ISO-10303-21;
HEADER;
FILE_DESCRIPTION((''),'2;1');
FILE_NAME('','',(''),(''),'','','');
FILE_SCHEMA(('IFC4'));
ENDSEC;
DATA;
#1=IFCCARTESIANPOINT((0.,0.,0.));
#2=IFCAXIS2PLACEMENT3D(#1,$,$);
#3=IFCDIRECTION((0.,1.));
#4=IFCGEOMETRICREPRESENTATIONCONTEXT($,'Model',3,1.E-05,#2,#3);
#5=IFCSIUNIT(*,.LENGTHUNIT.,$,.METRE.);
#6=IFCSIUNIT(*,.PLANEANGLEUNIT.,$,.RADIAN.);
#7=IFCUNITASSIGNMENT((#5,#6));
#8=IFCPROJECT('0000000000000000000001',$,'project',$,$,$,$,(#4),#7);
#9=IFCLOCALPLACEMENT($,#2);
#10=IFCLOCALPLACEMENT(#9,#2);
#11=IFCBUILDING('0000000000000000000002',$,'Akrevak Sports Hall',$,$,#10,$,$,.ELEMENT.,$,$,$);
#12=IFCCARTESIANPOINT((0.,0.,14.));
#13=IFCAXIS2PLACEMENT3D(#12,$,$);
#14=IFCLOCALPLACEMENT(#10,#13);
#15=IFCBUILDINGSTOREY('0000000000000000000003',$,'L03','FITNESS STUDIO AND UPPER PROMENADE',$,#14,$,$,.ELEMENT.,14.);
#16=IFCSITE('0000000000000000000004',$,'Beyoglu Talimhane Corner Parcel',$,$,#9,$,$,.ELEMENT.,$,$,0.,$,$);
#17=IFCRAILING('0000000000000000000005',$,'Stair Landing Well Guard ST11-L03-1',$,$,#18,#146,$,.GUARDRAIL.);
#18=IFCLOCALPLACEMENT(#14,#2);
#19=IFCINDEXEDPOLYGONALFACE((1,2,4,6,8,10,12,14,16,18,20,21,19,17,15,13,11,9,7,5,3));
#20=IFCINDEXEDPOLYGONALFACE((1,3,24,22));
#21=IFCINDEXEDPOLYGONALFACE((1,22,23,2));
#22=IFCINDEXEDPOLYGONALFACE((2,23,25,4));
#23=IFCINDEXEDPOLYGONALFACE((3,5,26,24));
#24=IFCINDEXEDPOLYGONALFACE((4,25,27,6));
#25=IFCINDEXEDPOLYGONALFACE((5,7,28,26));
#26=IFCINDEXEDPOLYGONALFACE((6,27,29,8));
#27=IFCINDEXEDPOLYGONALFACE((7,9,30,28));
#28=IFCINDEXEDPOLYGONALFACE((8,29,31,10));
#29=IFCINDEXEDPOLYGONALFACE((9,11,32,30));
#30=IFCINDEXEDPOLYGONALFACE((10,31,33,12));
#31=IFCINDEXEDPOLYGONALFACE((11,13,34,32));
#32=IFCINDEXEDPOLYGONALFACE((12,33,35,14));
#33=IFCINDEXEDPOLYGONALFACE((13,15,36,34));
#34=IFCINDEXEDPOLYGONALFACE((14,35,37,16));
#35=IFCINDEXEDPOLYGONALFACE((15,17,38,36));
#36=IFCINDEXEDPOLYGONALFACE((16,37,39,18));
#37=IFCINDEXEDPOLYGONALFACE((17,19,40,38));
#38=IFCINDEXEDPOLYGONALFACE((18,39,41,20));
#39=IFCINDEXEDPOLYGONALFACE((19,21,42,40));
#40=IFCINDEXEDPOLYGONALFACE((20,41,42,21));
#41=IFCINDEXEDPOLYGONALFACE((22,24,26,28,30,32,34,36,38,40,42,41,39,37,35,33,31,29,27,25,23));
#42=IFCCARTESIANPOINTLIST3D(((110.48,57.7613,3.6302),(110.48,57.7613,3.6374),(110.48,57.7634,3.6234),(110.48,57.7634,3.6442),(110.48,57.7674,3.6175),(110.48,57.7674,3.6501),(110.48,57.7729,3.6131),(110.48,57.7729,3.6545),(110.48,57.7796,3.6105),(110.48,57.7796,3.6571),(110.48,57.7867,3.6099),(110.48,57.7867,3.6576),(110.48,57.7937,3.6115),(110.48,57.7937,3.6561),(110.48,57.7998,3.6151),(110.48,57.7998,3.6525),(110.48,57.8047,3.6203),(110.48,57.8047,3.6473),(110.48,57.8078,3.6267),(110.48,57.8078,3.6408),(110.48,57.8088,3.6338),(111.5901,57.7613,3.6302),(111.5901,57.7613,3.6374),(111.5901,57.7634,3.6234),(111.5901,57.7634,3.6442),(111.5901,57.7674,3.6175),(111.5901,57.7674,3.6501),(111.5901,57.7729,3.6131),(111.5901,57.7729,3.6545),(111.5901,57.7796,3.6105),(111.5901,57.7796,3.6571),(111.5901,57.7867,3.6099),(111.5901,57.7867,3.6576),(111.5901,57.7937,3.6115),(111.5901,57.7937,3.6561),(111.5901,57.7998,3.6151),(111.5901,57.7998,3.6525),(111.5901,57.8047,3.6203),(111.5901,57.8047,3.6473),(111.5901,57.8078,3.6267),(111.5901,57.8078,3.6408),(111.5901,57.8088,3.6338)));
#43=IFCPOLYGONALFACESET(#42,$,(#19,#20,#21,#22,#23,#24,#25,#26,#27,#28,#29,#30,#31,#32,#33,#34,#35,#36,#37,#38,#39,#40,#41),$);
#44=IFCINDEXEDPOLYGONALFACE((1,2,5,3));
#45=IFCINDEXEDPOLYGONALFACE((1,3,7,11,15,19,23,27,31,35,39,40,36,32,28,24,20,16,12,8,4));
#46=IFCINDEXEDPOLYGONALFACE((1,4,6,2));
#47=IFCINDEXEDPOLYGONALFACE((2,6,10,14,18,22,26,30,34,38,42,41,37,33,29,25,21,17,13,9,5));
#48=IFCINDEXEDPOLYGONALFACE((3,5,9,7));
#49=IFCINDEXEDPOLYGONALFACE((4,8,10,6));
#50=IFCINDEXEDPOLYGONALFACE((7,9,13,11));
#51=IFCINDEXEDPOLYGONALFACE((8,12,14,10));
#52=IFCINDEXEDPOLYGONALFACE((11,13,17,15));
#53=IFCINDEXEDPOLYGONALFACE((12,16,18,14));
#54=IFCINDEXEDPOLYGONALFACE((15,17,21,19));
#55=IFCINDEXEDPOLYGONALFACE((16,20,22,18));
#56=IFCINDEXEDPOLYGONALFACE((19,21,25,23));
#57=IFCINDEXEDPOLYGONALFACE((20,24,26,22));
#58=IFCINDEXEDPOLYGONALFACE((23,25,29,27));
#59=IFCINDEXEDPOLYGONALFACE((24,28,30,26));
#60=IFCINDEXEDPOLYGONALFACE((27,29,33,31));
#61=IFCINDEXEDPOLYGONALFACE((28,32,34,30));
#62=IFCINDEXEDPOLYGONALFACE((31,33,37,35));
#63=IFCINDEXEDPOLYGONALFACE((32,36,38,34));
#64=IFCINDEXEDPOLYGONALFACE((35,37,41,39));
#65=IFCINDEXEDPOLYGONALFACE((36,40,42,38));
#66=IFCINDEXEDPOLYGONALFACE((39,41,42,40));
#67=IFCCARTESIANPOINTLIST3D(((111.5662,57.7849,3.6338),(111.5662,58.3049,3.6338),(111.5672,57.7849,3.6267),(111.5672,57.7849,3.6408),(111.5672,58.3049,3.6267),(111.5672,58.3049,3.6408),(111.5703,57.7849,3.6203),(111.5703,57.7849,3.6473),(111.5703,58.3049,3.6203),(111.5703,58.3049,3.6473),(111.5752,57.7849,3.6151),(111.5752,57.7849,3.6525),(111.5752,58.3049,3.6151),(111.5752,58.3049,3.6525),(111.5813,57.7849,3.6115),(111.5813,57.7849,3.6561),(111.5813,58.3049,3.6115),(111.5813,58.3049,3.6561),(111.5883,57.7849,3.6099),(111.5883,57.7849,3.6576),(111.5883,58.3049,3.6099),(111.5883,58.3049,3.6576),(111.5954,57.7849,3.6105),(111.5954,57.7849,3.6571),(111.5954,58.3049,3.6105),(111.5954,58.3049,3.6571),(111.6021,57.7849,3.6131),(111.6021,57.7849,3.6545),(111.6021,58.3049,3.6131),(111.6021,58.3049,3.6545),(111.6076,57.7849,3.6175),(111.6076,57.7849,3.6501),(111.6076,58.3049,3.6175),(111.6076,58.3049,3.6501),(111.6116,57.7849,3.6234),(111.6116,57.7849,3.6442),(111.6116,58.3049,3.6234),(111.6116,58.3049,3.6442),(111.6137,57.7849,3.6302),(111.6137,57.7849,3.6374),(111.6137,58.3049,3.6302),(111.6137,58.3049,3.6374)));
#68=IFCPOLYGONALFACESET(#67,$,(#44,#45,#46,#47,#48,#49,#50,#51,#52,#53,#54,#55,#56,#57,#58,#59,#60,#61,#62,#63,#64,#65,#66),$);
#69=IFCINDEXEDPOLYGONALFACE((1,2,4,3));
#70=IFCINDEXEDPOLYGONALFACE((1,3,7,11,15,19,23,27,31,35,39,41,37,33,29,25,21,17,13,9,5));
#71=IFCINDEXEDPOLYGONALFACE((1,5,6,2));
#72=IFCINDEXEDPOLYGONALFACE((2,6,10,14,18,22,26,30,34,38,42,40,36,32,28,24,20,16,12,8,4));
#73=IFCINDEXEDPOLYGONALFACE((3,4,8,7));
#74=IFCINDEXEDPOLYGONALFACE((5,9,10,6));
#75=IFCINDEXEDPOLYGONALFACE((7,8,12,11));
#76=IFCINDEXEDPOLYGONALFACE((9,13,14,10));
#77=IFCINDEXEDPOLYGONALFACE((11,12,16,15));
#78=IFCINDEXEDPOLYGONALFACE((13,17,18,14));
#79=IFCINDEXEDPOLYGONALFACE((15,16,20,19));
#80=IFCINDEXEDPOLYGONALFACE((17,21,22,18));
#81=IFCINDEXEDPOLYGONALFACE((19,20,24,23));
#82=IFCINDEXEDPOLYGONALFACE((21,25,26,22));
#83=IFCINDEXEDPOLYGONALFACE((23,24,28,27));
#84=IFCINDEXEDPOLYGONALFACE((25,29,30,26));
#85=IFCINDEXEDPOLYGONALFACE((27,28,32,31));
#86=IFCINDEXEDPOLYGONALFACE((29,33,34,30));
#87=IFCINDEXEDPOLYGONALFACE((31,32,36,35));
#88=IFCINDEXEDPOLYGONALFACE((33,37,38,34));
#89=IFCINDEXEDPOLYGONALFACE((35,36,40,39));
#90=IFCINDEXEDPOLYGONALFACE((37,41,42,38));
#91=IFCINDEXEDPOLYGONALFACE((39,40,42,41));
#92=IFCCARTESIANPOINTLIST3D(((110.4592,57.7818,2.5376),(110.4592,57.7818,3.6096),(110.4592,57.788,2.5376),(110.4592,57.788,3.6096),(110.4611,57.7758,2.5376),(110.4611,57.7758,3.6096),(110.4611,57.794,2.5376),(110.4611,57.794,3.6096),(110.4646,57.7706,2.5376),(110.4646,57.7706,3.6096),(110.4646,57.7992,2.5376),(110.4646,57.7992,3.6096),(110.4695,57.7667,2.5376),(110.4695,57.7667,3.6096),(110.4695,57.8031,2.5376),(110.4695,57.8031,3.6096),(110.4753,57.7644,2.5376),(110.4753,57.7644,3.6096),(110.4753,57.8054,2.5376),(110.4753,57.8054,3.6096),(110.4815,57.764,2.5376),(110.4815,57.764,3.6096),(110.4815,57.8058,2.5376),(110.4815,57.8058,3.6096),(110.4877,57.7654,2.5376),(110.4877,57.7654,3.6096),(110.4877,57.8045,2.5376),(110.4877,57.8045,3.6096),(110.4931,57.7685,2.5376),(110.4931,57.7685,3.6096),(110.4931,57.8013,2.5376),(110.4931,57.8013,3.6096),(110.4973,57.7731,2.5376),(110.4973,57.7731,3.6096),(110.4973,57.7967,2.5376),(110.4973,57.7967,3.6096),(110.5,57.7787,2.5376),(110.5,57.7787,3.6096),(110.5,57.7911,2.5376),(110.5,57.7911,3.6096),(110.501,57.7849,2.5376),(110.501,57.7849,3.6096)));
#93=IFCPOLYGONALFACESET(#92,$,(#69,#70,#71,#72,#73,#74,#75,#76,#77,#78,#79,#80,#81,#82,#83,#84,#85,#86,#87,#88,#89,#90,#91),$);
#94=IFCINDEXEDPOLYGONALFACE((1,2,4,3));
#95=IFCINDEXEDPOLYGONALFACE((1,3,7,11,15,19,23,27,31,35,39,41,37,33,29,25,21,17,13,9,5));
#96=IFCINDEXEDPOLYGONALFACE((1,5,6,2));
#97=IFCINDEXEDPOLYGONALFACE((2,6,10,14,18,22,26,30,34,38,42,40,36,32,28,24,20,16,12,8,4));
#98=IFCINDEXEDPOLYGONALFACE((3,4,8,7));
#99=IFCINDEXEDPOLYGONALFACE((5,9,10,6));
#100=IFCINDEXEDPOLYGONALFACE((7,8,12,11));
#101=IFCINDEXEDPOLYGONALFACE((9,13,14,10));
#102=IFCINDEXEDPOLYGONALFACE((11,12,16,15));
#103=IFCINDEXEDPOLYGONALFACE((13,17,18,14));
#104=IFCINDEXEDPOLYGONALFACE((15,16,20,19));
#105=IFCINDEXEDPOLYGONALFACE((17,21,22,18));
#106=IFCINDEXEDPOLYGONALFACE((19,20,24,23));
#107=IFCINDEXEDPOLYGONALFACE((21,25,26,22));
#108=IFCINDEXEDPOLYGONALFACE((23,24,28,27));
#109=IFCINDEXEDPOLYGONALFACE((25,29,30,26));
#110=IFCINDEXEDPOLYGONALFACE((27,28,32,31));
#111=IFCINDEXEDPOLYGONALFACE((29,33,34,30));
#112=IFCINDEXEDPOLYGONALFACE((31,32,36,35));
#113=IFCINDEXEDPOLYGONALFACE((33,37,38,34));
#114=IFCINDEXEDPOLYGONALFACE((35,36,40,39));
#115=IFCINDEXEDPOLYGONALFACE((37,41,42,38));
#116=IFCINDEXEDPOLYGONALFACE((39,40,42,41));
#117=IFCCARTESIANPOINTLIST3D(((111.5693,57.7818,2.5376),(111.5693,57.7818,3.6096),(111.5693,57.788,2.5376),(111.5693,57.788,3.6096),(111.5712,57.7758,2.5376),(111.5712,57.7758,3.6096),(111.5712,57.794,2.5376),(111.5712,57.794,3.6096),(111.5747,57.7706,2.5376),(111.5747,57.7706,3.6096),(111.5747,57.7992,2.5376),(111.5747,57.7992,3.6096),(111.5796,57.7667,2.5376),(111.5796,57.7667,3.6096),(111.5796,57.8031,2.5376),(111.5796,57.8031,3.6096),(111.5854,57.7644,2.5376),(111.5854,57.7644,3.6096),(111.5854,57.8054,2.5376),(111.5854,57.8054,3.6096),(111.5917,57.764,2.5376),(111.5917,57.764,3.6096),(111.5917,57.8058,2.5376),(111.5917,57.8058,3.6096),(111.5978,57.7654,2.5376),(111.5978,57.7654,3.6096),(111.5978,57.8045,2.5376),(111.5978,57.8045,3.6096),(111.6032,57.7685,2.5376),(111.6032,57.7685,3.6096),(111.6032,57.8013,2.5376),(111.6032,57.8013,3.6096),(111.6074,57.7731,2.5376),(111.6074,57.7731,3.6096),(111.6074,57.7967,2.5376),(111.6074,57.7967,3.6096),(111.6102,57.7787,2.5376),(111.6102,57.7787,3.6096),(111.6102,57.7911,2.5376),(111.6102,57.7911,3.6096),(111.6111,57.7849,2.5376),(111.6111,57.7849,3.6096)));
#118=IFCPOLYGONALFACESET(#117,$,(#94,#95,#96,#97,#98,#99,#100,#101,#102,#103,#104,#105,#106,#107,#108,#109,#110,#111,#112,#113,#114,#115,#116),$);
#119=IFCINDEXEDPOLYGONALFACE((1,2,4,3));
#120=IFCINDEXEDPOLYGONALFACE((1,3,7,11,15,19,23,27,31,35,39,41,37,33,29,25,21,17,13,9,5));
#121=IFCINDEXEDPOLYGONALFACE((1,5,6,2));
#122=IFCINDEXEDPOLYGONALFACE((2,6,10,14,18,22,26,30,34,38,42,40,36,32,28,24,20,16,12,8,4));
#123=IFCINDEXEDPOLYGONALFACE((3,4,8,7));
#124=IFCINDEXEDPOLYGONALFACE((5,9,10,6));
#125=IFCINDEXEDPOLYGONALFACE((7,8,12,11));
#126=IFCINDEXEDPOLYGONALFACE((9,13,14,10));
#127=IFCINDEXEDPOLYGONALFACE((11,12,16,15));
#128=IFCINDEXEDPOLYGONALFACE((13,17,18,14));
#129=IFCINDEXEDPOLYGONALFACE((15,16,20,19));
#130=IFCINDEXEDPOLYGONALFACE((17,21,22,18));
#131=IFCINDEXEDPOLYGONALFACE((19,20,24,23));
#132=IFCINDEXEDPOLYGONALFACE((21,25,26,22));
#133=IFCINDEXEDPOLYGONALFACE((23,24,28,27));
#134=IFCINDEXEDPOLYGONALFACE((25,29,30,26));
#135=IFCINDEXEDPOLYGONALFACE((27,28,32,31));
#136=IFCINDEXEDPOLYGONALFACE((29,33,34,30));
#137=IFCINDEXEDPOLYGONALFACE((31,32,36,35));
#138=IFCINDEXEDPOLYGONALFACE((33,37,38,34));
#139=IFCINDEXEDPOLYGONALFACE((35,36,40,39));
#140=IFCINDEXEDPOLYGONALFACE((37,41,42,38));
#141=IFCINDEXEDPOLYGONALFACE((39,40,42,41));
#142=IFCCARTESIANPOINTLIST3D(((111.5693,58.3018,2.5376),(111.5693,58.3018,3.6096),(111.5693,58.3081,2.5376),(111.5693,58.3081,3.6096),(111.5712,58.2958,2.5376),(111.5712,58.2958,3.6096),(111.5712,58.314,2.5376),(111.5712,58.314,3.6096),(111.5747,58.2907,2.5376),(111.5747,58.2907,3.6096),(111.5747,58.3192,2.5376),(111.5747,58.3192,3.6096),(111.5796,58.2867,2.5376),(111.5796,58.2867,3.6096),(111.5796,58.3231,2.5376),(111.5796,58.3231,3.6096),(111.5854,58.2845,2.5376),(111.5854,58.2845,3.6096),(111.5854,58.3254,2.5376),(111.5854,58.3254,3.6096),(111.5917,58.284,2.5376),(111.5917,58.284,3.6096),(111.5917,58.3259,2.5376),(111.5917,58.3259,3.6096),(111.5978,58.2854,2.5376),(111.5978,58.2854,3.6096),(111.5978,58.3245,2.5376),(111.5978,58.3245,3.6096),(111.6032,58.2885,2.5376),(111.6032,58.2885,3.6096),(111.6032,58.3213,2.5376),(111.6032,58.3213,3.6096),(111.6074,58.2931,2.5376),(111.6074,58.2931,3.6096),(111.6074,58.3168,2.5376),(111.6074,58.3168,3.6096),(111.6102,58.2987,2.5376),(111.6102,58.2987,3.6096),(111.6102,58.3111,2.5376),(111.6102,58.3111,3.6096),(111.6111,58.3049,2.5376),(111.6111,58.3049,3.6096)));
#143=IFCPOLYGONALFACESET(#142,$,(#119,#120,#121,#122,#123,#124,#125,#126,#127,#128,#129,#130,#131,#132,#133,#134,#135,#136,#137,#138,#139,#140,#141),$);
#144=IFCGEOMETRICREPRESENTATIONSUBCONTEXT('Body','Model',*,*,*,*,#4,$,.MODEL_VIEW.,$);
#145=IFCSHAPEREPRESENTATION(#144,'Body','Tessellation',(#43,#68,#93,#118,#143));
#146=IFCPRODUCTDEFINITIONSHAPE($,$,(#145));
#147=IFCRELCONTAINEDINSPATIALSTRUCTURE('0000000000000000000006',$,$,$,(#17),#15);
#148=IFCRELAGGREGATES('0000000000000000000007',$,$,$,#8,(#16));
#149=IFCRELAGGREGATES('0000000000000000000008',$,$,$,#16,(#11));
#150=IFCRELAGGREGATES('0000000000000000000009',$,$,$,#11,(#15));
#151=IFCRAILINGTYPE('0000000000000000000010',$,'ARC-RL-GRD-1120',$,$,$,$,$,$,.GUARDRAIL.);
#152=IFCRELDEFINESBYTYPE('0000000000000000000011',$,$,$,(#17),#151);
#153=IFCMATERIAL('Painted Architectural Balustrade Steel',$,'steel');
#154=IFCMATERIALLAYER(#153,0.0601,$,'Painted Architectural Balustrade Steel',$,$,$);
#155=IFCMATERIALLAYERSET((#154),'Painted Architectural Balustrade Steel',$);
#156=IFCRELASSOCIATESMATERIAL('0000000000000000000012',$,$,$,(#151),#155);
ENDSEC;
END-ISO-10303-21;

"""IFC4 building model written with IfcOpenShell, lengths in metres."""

from ifc_helpers import new_model, si_unit, direction, frame, origin, origin_2d, place, context, subcontext, project, spatial, circle, extrude, material, layer, layer_set, type_object, element, save


model = new_model("IFC4")

# Units and contexts
model_context = context("Model", 3, precision=1e-05, world=origin(), true_north=direction((0.0, 1.0)))
body_context = subcontext(model_context, "Body", "Model", "MODEL_VIEW")
ifc_project = project(units=[si_unit("LENGTHUNIT", "METRE"), si_unit("PLANEANGLEUNIT", "RADIAN")], contexts=[model_context])

# Site, building, storey
site_placement = place(None, origin())
site = spatial("IfcSite", under=ifc_project, at=site_placement, Name="Beyoglu Talimhane Corner Parcel", CompositionType="ELEMENT", RefElevation=0.0)
building_placement = place(site_placement, origin())
building = spatial("IfcBuilding", under=site, at=building_placement, Name="Akrevak Sports Hall", CompositionType="ELEMENT")
storey_placement = place(building_placement, frame((0.0, 0.0, 14.0)))
storey = spatial("IfcBuildingStorey", under=building, at=storey_placement, Name="L03", Description="FITNESS STUDIO AND UPPER PROMENADE", CompositionType="ELEMENT", Elevation=14.0)

# Railing
ifc_material_1 = material(Name="Painted Architectural Balustrade Steel", Category="steel")
ifc_layer_1 = layer(ifc_material_1, 0.0601, Name="Painted Architectural Balustrade Steel")
ifc_layer_set_1 = layer_set([ifc_layer_1], Name="Painted Architectural Balustrade Steel")
railing_type_1 = type_object("IfcRailingType", Name="ARC-RL-GRD-1120", PredefinedType="GUARDRAIL", material=ifc_layer_set_1)
railing_1_placement = place(storey_placement, frame((110.48, 57.7849, 2.5376)))
element("IfcRailing", 1, at=railing_1_placement, inside=storey, type_object=railing_type_1, Name="Stair Landing Well Guard ST11-L03-1", PredefinedType="GUARDRAIL", context=body_context, shape_type="SweptSolid", body=[
    extrude(circle(Radius=0.0239, at=origin_2d()), frame((0.0, 0.0, 1.0962), z_axis=(1.0, 0.0, 0.0), x_axis=(0.0, 1.0, 0.0)), (0.0, 0.0, 1.0), 1.1101),
    extrude(circle(Radius=0.0239, at=origin_2d()), frame((1.1101, 0.0, 1.0962), z_axis=(0.0, 1.0, 0.0), x_axis=(-1.0, 0.0, 0.0)), (0.0, 0.0, 1.0), 0.52),
    extrude(circle(Radius=0.021, at=origin_2d()), origin(), (0.0, 0.0, 1.0), 1.072),
    extrude(circle(Radius=0.021, at=origin_2d()), frame((1.1101, 0.0, 0.0)), (0.0, 0.0, 1.0), 1.072),
    extrude(circle(Radius=0.021, at=origin_2d()), frame((1.1101, 0.52, 0.0)), (0.0, 0.0, 1.0), 1.072),
])

save(model, "model.ifc")
